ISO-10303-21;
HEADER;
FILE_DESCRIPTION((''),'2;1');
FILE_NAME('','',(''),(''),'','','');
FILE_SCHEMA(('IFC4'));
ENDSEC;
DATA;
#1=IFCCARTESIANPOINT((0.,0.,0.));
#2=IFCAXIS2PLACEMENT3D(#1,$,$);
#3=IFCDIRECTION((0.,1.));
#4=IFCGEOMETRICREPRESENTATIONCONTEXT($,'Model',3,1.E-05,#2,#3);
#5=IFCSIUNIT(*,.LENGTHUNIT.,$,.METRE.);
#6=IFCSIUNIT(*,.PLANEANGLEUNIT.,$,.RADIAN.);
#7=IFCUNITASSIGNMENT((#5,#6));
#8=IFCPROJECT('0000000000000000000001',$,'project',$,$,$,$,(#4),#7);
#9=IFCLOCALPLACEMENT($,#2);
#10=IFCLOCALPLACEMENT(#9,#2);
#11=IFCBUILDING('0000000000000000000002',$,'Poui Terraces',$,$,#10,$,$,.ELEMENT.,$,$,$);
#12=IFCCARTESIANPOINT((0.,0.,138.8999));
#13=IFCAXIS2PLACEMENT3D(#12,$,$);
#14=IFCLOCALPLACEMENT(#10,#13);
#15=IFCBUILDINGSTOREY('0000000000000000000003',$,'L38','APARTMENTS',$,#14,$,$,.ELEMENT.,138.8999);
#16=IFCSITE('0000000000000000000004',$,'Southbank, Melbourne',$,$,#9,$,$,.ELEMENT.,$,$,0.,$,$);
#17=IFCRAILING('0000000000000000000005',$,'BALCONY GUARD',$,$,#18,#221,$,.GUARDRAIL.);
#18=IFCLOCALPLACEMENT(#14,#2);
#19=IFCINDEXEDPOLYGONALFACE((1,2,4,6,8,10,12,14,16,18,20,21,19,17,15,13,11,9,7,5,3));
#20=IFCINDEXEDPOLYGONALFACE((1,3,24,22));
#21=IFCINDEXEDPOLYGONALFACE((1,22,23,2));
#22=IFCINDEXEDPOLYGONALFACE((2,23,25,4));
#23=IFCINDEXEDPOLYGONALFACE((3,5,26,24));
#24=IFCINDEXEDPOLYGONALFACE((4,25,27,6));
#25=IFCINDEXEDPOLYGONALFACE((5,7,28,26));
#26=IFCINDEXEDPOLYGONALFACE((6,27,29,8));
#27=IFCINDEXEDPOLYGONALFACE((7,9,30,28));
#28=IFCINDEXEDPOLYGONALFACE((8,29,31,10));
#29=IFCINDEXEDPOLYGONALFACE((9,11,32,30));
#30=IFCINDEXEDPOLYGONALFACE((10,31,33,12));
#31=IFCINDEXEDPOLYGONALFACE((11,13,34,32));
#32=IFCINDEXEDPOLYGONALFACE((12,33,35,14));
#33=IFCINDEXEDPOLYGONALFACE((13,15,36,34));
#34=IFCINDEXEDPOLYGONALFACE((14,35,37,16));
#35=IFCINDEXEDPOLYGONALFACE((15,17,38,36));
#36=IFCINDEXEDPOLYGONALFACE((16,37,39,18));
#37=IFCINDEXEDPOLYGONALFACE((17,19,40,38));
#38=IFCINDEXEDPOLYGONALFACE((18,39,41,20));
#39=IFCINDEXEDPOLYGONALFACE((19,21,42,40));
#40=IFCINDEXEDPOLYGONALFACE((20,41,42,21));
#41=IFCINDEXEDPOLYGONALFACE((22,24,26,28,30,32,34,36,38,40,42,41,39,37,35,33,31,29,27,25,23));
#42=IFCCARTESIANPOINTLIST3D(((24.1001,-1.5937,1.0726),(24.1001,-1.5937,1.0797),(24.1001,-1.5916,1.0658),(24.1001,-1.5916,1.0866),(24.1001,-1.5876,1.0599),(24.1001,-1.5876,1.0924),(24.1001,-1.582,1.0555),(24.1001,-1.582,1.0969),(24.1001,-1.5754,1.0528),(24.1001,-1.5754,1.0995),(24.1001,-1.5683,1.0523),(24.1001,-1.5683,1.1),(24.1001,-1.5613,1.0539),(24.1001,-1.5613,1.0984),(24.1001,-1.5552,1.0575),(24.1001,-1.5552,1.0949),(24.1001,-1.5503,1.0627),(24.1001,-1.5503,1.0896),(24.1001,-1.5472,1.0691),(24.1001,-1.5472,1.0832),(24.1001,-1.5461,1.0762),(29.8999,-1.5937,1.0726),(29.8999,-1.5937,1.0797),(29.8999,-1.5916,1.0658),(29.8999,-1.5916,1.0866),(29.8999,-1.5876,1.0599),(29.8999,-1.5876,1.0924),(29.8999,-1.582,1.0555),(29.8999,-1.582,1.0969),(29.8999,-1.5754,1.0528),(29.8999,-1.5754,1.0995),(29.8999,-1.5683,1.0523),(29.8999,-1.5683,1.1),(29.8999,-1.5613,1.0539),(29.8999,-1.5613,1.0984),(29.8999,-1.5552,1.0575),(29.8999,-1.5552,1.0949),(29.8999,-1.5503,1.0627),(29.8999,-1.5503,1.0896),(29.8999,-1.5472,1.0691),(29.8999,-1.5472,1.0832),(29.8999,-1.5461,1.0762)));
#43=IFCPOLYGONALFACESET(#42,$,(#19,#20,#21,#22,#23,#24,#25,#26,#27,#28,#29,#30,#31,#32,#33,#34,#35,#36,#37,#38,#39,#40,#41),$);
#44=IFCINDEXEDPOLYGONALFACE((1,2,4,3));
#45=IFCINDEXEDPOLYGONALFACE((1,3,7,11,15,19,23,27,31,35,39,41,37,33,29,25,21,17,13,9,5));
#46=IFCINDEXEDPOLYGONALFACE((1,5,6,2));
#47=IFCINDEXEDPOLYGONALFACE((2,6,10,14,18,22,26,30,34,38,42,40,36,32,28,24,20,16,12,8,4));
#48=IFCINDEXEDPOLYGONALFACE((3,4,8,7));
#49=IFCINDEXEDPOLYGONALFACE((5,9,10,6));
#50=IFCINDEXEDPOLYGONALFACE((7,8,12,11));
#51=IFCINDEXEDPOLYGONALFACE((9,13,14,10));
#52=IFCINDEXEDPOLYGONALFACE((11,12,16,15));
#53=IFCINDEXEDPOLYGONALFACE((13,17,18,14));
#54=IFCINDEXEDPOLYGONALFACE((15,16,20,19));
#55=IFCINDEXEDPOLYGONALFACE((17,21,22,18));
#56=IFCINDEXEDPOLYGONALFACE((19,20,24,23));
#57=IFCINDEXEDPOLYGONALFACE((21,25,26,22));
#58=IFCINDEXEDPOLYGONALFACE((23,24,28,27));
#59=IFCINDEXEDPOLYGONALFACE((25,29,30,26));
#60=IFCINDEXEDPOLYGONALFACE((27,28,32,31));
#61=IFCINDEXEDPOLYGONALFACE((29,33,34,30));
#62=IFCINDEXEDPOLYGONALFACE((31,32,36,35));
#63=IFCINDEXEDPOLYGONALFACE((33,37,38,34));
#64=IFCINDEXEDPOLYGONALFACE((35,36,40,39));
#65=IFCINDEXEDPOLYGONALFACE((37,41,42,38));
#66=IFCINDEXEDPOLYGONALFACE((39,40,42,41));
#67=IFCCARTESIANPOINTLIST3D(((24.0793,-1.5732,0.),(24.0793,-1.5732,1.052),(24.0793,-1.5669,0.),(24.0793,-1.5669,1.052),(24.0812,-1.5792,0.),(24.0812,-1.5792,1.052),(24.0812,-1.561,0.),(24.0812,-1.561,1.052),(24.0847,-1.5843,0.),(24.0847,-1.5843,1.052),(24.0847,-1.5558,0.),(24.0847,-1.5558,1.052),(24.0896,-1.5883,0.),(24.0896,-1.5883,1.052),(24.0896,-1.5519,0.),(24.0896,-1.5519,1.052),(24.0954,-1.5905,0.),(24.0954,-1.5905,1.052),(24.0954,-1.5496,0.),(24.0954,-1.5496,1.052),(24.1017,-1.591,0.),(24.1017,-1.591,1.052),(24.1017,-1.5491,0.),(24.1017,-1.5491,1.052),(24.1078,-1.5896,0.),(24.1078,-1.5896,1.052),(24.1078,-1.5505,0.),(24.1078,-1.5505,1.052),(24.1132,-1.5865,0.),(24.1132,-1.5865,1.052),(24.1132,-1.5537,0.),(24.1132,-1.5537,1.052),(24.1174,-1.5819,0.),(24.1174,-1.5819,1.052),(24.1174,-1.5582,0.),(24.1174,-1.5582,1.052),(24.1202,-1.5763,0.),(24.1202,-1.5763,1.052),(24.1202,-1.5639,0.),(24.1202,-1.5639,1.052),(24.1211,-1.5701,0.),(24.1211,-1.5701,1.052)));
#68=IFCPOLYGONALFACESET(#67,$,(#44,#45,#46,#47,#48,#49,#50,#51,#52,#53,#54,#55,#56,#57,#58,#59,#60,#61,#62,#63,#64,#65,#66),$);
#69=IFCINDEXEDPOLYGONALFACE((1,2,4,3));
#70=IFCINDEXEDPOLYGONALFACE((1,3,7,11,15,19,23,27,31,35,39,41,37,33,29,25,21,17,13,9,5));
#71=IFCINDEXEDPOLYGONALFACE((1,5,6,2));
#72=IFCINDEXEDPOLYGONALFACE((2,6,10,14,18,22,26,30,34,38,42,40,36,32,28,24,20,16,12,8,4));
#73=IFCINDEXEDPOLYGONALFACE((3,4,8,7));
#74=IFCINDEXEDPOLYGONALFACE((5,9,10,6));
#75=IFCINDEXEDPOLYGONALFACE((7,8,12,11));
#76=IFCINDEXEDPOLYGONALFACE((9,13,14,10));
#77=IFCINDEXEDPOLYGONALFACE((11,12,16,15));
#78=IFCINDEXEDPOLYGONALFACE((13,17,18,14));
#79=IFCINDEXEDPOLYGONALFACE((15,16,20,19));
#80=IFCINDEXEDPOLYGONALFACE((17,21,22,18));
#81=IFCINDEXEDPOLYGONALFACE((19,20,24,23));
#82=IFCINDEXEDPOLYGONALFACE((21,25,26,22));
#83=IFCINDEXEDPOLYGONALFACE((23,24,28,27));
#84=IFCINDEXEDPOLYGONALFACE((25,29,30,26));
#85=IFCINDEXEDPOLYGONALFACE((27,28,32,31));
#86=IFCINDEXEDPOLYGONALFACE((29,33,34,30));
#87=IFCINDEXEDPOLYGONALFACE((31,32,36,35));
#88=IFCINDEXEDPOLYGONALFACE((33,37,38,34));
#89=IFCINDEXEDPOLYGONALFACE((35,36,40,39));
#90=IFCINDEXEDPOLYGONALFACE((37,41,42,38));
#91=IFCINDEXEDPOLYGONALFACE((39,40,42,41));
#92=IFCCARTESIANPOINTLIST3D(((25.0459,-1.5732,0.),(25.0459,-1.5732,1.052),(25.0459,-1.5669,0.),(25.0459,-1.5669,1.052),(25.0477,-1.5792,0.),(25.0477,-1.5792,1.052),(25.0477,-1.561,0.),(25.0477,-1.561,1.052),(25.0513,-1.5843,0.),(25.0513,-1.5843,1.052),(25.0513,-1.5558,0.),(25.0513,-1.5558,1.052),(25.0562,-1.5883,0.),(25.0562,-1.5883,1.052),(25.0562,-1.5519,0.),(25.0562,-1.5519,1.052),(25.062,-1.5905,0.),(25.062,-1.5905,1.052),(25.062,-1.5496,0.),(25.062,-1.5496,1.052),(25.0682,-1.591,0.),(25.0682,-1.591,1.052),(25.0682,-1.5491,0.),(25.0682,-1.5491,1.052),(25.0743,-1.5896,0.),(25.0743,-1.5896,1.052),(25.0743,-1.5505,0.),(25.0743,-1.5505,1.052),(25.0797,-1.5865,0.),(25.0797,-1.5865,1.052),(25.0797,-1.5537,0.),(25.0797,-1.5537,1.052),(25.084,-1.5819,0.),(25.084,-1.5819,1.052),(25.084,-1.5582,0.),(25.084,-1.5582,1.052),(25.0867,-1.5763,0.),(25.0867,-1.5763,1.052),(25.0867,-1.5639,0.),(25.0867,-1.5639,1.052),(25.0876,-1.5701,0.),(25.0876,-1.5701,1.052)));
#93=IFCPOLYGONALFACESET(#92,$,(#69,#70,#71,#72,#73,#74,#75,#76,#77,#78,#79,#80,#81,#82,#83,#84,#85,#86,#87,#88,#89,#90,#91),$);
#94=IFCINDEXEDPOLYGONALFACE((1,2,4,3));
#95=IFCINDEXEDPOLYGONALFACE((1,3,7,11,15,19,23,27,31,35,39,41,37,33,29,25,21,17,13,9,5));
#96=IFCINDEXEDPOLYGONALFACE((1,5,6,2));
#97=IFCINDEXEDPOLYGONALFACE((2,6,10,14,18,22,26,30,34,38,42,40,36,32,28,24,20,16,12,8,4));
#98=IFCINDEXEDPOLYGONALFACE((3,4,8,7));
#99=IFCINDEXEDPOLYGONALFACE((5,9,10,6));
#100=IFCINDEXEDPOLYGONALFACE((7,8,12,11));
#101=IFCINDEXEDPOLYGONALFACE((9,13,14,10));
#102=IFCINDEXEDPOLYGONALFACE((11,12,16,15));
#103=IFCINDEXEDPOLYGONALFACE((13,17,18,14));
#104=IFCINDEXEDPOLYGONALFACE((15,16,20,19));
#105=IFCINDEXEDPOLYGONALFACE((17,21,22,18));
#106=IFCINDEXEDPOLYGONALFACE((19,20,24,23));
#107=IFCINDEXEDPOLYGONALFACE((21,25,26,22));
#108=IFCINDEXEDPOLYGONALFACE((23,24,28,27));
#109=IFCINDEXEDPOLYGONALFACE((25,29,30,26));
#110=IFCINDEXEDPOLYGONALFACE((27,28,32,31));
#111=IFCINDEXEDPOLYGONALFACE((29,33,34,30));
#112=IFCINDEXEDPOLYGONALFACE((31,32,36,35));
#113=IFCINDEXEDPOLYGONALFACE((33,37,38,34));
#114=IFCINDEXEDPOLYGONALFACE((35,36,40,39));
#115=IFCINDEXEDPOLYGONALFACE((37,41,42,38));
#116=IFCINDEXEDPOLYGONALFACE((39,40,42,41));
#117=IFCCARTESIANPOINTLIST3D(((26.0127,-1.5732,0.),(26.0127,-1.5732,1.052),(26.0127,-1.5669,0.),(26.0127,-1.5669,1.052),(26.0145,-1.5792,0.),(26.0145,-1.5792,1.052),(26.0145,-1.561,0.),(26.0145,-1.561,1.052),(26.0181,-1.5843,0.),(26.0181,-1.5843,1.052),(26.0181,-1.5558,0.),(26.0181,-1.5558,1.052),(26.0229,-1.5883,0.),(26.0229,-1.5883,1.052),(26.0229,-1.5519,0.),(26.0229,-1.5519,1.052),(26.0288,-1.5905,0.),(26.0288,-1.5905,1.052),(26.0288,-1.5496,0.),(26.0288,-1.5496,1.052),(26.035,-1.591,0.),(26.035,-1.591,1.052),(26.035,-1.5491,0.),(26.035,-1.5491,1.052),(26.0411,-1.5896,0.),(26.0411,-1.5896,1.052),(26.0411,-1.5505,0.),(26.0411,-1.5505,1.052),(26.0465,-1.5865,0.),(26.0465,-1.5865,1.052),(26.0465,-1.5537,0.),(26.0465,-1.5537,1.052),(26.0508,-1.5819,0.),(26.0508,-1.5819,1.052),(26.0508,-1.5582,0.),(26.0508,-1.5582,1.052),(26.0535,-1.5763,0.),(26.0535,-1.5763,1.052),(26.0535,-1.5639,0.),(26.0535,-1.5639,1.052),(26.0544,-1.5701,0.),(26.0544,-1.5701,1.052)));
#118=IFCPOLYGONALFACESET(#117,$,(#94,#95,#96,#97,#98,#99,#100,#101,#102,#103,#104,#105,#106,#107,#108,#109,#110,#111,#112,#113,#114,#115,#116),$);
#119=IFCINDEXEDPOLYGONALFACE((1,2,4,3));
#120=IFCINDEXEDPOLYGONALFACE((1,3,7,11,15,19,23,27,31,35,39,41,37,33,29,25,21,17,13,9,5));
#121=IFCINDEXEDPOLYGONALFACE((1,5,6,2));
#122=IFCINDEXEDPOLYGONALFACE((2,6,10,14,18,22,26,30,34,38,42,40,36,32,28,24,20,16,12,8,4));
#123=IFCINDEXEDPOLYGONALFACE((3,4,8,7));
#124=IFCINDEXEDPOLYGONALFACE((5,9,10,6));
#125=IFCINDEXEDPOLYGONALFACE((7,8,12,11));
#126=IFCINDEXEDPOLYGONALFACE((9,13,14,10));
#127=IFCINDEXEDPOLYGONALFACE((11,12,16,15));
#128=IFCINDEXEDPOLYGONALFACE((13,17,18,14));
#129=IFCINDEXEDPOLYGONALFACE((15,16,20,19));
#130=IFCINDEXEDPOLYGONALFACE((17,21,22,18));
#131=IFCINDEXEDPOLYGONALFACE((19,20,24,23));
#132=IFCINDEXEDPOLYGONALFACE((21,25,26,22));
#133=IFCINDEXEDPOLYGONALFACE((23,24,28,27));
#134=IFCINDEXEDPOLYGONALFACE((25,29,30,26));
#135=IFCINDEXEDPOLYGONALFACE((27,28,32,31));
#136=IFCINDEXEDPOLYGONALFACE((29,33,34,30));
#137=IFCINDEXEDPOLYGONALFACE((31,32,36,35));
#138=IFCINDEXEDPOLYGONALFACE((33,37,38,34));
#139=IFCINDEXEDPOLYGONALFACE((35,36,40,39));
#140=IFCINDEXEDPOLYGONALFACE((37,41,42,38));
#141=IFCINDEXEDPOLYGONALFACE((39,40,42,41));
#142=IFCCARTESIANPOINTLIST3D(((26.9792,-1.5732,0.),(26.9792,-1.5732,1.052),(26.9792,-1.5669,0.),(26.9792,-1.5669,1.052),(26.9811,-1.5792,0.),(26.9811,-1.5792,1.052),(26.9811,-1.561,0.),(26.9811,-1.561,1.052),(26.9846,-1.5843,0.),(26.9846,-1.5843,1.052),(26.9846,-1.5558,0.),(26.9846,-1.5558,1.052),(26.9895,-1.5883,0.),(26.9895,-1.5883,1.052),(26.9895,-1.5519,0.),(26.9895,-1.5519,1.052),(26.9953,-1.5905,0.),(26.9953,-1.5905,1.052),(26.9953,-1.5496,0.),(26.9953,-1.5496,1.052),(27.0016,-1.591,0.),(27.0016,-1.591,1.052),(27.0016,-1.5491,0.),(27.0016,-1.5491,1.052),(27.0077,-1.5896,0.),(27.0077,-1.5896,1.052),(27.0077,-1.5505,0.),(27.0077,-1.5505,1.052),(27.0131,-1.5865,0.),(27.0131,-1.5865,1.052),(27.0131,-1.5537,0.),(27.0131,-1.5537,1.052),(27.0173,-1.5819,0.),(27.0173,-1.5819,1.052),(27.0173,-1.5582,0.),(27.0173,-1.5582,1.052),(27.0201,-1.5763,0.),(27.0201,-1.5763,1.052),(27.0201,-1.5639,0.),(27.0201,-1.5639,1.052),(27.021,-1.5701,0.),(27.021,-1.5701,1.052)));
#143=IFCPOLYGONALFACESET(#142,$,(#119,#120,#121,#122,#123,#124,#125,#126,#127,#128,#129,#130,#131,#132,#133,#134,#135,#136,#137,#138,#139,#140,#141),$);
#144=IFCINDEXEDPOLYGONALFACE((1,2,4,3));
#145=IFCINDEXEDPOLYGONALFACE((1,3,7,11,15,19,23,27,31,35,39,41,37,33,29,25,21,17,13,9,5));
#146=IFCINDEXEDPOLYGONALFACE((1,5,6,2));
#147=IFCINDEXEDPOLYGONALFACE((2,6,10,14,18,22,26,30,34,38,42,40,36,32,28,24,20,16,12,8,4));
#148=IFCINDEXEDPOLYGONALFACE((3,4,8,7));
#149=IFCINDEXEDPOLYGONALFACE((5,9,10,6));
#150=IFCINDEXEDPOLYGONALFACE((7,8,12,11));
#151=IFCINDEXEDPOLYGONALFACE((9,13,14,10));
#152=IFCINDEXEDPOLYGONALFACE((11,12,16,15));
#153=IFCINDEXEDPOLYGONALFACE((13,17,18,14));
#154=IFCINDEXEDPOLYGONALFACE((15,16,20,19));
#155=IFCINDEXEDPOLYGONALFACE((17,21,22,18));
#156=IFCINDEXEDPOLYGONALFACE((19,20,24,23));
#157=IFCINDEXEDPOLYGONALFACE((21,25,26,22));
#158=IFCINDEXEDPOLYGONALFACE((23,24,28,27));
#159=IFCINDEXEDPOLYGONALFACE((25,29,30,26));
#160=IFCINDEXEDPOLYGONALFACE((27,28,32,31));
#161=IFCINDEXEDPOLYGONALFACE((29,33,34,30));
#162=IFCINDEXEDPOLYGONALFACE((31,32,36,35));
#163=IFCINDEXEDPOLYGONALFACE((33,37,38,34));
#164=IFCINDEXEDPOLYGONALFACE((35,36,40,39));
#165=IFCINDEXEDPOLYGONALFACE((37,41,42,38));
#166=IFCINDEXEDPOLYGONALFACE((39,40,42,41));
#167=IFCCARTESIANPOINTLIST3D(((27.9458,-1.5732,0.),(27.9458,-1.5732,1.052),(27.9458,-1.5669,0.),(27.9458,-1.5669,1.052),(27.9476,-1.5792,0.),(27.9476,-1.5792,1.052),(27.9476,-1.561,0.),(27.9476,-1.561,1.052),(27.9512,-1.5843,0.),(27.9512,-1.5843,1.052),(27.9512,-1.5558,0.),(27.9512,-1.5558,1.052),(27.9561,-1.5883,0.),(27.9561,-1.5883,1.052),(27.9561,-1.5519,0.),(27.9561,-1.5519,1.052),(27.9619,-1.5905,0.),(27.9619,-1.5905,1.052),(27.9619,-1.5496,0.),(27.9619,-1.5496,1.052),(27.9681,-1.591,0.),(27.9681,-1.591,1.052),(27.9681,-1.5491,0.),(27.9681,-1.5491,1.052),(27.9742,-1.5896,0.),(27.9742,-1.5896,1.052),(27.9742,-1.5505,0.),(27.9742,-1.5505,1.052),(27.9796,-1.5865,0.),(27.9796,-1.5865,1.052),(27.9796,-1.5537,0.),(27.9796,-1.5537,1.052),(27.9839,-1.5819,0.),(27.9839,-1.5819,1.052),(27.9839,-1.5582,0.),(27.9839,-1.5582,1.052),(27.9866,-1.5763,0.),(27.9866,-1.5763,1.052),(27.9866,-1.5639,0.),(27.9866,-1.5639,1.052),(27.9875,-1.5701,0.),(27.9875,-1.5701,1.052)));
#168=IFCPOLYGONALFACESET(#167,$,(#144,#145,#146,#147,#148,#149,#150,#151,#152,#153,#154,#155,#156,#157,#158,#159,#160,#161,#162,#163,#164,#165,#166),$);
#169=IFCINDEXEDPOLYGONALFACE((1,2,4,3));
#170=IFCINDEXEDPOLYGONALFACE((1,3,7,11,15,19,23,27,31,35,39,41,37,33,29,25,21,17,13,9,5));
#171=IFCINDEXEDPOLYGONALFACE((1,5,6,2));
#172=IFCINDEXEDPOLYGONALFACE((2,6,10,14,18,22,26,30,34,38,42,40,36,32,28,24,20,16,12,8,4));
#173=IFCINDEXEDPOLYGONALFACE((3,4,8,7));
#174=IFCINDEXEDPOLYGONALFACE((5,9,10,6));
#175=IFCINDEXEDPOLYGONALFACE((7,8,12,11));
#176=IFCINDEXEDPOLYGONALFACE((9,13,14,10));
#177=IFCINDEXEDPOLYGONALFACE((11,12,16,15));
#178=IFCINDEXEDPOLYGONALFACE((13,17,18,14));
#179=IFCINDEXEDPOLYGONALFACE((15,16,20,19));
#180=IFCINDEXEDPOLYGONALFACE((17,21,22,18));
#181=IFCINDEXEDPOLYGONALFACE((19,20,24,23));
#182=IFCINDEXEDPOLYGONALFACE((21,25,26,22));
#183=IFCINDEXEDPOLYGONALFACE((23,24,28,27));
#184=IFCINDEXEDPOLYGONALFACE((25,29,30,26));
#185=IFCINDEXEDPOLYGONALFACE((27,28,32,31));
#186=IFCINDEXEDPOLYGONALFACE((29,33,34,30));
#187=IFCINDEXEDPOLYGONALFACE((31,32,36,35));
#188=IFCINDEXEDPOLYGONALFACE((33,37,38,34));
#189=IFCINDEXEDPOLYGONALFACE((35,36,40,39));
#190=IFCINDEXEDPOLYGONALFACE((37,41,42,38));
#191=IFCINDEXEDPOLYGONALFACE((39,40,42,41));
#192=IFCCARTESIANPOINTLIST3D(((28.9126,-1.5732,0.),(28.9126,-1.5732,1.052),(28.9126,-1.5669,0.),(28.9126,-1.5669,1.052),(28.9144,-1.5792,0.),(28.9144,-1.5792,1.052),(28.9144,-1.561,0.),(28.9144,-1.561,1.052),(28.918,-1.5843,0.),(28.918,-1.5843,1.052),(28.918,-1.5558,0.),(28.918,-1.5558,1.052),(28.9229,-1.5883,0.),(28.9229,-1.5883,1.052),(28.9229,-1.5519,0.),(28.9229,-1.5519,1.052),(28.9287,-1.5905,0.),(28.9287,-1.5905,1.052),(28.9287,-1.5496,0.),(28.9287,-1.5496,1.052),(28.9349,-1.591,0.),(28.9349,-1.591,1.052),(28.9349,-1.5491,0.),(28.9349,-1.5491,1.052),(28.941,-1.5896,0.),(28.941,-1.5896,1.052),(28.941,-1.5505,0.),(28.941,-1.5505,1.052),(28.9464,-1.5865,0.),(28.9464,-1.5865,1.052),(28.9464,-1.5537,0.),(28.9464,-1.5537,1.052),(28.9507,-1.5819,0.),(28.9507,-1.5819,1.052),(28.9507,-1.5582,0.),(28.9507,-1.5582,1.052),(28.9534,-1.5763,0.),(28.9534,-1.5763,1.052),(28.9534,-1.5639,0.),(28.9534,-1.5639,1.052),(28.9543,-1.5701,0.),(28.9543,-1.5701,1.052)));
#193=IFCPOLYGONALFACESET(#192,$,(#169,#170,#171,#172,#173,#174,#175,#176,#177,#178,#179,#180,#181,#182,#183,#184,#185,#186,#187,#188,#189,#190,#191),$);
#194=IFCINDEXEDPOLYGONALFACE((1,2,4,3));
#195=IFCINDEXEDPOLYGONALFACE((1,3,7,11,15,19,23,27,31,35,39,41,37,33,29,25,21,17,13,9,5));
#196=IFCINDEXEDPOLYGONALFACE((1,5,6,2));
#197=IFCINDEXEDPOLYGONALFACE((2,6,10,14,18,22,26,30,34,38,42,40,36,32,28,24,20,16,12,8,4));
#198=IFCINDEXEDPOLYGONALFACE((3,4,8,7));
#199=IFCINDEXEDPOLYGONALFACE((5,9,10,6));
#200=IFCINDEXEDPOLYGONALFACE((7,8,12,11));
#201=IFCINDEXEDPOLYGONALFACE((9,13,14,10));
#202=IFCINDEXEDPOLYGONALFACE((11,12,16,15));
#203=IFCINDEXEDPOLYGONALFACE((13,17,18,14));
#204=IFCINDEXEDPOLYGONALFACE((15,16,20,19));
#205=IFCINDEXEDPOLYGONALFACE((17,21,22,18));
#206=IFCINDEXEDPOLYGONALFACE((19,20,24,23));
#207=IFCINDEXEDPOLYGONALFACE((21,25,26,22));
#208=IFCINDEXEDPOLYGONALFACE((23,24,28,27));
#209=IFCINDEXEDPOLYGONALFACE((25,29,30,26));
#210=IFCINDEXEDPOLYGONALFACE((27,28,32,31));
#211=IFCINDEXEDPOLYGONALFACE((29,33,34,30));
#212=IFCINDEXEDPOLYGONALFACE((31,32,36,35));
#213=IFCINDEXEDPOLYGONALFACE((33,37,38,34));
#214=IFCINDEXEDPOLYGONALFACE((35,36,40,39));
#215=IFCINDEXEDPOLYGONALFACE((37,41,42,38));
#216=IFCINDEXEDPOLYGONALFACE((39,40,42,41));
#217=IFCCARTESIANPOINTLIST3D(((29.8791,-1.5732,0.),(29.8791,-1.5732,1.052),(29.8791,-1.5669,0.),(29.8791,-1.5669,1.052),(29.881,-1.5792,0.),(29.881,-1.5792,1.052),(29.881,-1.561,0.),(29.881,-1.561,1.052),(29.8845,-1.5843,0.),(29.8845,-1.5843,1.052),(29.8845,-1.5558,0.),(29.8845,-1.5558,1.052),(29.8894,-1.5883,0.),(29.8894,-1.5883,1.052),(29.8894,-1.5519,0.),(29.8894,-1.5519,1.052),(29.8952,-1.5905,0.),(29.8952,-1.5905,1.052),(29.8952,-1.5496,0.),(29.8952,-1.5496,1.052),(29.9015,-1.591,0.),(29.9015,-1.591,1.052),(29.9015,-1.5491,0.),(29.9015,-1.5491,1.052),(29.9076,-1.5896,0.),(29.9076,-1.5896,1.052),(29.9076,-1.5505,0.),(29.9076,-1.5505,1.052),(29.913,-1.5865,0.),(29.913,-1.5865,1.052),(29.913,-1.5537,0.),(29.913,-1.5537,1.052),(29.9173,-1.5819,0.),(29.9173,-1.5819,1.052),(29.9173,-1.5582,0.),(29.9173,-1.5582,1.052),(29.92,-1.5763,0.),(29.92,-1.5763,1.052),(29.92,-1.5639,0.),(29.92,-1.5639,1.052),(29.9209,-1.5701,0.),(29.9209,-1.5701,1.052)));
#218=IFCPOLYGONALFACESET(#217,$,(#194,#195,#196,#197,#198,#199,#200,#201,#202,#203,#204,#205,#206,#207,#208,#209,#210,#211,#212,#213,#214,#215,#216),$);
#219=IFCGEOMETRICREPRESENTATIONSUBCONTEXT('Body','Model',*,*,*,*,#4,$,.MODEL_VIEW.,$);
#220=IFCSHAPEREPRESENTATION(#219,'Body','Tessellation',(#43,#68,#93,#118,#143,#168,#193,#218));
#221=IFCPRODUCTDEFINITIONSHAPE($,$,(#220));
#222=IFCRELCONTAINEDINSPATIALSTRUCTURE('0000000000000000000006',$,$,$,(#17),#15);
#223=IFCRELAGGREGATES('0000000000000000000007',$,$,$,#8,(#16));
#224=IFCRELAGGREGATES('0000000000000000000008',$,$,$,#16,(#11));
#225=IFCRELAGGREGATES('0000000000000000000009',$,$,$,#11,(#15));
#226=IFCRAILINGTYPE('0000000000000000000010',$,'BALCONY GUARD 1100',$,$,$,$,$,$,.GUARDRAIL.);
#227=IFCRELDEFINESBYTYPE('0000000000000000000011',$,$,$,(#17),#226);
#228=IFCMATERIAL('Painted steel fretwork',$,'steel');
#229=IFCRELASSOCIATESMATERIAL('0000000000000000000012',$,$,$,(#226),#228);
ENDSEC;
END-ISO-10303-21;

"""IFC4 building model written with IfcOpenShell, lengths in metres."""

from ifc_helpers import new_model, si_unit, direction, frame, origin, origin_2d, place, context, subcontext, project, spatial, circle, extrude, material, type_object, element, save


model = new_model("IFC4")

# Units and contexts
model_context = context("Model", 3, precision=1e-05, world=origin(), true_north=direction((0.0, 1.0)))
body_context = subcontext(model_context, "Body", "Model", "MODEL_VIEW")
ifc_project = project(units=[si_unit("LENGTHUNIT", "METRE"), si_unit("PLANEANGLEUNIT", "RADIAN")], contexts=[model_context])

# Site, building, storey
site_placement = place(None, origin())
site = spatial("IfcSite", under=ifc_project, at=site_placement, Name="Southbank, Melbourne", CompositionType="ELEMENT", RefElevation=0.0)
building_placement = place(site_placement, origin())
building = spatial("IfcBuilding", under=site, at=building_placement, Name="Poui Terraces", CompositionType="ELEMENT")
storey_placement = place(building_placement, frame((0.0, 0.0, 138.8999)))
storey = spatial("IfcBuildingStorey", under=building, at=storey_placement, Name="L38", Description="APARTMENTS", CompositionType="ELEMENT", Elevation=138.8999)

# Railing
ifc_material_1 = material(Name="Painted steel fretwork", Category="steel")
railing_type = type_object("IfcRailingType", Name="BALCONY GUARD 1100", PredefinedType="GUARDRAIL", material=ifc_material_1)
railing_placement = place(storey_placement, frame((24.1001, -1.5701, 0.0)))
element("IfcRailing", 1, at=railing_placement, inside=storey, type_object=railing_type, Name="BALCONY GUARD", PredefinedType="GUARDRAIL", context=body_context, shape_type="SweptSolid", body=[
    extrude(circle(Radius=0.0239, at=origin_2d()), frame((0.0, 0.0, 1.0762), z_axis=(1.0, 0.0, 0.0), x_axis=(0.0, 1.0, 0.0)), (0.0, 0.0, 1.0), 5.7998),
    extrude(circle(Radius=0.021, at=origin_2d()), origin(), (0.0, 0.0, 1.0), 1.052),
    extrude(circle(Radius=0.021, at=origin_2d()), frame((0.9666, 0.0, 0.0)), (0.0, 0.0, 1.0), 1.052),
    extrude(circle(Radius=0.021, at=origin_2d()), frame((1.9333, 0.0, 0.0)), (0.0, 0.0, 1.0), 1.052),
    extrude(circle(Radius=0.021, at=origin_2d()), frame((2.8999, 0.0, 0.0)), (0.0, 0.0, 1.0), 1.052),
    extrude(circle(Radius=0.021, at=origin_2d()), frame((3.8665, 0.0, 0.0)), (0.0, 0.0, 1.0), 1.052),
    extrude(circle(Radius=0.021, at=origin_2d()), frame((4.8333, 0.0, 0.0)), (0.0, 0.0, 1.0), 1.052),
    extrude(circle(Radius=0.021, at=origin_2d()), frame((5.7998, 0.0, 0.0)), (0.0, 0.0, 1.0), 1.052),
])

save(model, "model.ifc")
